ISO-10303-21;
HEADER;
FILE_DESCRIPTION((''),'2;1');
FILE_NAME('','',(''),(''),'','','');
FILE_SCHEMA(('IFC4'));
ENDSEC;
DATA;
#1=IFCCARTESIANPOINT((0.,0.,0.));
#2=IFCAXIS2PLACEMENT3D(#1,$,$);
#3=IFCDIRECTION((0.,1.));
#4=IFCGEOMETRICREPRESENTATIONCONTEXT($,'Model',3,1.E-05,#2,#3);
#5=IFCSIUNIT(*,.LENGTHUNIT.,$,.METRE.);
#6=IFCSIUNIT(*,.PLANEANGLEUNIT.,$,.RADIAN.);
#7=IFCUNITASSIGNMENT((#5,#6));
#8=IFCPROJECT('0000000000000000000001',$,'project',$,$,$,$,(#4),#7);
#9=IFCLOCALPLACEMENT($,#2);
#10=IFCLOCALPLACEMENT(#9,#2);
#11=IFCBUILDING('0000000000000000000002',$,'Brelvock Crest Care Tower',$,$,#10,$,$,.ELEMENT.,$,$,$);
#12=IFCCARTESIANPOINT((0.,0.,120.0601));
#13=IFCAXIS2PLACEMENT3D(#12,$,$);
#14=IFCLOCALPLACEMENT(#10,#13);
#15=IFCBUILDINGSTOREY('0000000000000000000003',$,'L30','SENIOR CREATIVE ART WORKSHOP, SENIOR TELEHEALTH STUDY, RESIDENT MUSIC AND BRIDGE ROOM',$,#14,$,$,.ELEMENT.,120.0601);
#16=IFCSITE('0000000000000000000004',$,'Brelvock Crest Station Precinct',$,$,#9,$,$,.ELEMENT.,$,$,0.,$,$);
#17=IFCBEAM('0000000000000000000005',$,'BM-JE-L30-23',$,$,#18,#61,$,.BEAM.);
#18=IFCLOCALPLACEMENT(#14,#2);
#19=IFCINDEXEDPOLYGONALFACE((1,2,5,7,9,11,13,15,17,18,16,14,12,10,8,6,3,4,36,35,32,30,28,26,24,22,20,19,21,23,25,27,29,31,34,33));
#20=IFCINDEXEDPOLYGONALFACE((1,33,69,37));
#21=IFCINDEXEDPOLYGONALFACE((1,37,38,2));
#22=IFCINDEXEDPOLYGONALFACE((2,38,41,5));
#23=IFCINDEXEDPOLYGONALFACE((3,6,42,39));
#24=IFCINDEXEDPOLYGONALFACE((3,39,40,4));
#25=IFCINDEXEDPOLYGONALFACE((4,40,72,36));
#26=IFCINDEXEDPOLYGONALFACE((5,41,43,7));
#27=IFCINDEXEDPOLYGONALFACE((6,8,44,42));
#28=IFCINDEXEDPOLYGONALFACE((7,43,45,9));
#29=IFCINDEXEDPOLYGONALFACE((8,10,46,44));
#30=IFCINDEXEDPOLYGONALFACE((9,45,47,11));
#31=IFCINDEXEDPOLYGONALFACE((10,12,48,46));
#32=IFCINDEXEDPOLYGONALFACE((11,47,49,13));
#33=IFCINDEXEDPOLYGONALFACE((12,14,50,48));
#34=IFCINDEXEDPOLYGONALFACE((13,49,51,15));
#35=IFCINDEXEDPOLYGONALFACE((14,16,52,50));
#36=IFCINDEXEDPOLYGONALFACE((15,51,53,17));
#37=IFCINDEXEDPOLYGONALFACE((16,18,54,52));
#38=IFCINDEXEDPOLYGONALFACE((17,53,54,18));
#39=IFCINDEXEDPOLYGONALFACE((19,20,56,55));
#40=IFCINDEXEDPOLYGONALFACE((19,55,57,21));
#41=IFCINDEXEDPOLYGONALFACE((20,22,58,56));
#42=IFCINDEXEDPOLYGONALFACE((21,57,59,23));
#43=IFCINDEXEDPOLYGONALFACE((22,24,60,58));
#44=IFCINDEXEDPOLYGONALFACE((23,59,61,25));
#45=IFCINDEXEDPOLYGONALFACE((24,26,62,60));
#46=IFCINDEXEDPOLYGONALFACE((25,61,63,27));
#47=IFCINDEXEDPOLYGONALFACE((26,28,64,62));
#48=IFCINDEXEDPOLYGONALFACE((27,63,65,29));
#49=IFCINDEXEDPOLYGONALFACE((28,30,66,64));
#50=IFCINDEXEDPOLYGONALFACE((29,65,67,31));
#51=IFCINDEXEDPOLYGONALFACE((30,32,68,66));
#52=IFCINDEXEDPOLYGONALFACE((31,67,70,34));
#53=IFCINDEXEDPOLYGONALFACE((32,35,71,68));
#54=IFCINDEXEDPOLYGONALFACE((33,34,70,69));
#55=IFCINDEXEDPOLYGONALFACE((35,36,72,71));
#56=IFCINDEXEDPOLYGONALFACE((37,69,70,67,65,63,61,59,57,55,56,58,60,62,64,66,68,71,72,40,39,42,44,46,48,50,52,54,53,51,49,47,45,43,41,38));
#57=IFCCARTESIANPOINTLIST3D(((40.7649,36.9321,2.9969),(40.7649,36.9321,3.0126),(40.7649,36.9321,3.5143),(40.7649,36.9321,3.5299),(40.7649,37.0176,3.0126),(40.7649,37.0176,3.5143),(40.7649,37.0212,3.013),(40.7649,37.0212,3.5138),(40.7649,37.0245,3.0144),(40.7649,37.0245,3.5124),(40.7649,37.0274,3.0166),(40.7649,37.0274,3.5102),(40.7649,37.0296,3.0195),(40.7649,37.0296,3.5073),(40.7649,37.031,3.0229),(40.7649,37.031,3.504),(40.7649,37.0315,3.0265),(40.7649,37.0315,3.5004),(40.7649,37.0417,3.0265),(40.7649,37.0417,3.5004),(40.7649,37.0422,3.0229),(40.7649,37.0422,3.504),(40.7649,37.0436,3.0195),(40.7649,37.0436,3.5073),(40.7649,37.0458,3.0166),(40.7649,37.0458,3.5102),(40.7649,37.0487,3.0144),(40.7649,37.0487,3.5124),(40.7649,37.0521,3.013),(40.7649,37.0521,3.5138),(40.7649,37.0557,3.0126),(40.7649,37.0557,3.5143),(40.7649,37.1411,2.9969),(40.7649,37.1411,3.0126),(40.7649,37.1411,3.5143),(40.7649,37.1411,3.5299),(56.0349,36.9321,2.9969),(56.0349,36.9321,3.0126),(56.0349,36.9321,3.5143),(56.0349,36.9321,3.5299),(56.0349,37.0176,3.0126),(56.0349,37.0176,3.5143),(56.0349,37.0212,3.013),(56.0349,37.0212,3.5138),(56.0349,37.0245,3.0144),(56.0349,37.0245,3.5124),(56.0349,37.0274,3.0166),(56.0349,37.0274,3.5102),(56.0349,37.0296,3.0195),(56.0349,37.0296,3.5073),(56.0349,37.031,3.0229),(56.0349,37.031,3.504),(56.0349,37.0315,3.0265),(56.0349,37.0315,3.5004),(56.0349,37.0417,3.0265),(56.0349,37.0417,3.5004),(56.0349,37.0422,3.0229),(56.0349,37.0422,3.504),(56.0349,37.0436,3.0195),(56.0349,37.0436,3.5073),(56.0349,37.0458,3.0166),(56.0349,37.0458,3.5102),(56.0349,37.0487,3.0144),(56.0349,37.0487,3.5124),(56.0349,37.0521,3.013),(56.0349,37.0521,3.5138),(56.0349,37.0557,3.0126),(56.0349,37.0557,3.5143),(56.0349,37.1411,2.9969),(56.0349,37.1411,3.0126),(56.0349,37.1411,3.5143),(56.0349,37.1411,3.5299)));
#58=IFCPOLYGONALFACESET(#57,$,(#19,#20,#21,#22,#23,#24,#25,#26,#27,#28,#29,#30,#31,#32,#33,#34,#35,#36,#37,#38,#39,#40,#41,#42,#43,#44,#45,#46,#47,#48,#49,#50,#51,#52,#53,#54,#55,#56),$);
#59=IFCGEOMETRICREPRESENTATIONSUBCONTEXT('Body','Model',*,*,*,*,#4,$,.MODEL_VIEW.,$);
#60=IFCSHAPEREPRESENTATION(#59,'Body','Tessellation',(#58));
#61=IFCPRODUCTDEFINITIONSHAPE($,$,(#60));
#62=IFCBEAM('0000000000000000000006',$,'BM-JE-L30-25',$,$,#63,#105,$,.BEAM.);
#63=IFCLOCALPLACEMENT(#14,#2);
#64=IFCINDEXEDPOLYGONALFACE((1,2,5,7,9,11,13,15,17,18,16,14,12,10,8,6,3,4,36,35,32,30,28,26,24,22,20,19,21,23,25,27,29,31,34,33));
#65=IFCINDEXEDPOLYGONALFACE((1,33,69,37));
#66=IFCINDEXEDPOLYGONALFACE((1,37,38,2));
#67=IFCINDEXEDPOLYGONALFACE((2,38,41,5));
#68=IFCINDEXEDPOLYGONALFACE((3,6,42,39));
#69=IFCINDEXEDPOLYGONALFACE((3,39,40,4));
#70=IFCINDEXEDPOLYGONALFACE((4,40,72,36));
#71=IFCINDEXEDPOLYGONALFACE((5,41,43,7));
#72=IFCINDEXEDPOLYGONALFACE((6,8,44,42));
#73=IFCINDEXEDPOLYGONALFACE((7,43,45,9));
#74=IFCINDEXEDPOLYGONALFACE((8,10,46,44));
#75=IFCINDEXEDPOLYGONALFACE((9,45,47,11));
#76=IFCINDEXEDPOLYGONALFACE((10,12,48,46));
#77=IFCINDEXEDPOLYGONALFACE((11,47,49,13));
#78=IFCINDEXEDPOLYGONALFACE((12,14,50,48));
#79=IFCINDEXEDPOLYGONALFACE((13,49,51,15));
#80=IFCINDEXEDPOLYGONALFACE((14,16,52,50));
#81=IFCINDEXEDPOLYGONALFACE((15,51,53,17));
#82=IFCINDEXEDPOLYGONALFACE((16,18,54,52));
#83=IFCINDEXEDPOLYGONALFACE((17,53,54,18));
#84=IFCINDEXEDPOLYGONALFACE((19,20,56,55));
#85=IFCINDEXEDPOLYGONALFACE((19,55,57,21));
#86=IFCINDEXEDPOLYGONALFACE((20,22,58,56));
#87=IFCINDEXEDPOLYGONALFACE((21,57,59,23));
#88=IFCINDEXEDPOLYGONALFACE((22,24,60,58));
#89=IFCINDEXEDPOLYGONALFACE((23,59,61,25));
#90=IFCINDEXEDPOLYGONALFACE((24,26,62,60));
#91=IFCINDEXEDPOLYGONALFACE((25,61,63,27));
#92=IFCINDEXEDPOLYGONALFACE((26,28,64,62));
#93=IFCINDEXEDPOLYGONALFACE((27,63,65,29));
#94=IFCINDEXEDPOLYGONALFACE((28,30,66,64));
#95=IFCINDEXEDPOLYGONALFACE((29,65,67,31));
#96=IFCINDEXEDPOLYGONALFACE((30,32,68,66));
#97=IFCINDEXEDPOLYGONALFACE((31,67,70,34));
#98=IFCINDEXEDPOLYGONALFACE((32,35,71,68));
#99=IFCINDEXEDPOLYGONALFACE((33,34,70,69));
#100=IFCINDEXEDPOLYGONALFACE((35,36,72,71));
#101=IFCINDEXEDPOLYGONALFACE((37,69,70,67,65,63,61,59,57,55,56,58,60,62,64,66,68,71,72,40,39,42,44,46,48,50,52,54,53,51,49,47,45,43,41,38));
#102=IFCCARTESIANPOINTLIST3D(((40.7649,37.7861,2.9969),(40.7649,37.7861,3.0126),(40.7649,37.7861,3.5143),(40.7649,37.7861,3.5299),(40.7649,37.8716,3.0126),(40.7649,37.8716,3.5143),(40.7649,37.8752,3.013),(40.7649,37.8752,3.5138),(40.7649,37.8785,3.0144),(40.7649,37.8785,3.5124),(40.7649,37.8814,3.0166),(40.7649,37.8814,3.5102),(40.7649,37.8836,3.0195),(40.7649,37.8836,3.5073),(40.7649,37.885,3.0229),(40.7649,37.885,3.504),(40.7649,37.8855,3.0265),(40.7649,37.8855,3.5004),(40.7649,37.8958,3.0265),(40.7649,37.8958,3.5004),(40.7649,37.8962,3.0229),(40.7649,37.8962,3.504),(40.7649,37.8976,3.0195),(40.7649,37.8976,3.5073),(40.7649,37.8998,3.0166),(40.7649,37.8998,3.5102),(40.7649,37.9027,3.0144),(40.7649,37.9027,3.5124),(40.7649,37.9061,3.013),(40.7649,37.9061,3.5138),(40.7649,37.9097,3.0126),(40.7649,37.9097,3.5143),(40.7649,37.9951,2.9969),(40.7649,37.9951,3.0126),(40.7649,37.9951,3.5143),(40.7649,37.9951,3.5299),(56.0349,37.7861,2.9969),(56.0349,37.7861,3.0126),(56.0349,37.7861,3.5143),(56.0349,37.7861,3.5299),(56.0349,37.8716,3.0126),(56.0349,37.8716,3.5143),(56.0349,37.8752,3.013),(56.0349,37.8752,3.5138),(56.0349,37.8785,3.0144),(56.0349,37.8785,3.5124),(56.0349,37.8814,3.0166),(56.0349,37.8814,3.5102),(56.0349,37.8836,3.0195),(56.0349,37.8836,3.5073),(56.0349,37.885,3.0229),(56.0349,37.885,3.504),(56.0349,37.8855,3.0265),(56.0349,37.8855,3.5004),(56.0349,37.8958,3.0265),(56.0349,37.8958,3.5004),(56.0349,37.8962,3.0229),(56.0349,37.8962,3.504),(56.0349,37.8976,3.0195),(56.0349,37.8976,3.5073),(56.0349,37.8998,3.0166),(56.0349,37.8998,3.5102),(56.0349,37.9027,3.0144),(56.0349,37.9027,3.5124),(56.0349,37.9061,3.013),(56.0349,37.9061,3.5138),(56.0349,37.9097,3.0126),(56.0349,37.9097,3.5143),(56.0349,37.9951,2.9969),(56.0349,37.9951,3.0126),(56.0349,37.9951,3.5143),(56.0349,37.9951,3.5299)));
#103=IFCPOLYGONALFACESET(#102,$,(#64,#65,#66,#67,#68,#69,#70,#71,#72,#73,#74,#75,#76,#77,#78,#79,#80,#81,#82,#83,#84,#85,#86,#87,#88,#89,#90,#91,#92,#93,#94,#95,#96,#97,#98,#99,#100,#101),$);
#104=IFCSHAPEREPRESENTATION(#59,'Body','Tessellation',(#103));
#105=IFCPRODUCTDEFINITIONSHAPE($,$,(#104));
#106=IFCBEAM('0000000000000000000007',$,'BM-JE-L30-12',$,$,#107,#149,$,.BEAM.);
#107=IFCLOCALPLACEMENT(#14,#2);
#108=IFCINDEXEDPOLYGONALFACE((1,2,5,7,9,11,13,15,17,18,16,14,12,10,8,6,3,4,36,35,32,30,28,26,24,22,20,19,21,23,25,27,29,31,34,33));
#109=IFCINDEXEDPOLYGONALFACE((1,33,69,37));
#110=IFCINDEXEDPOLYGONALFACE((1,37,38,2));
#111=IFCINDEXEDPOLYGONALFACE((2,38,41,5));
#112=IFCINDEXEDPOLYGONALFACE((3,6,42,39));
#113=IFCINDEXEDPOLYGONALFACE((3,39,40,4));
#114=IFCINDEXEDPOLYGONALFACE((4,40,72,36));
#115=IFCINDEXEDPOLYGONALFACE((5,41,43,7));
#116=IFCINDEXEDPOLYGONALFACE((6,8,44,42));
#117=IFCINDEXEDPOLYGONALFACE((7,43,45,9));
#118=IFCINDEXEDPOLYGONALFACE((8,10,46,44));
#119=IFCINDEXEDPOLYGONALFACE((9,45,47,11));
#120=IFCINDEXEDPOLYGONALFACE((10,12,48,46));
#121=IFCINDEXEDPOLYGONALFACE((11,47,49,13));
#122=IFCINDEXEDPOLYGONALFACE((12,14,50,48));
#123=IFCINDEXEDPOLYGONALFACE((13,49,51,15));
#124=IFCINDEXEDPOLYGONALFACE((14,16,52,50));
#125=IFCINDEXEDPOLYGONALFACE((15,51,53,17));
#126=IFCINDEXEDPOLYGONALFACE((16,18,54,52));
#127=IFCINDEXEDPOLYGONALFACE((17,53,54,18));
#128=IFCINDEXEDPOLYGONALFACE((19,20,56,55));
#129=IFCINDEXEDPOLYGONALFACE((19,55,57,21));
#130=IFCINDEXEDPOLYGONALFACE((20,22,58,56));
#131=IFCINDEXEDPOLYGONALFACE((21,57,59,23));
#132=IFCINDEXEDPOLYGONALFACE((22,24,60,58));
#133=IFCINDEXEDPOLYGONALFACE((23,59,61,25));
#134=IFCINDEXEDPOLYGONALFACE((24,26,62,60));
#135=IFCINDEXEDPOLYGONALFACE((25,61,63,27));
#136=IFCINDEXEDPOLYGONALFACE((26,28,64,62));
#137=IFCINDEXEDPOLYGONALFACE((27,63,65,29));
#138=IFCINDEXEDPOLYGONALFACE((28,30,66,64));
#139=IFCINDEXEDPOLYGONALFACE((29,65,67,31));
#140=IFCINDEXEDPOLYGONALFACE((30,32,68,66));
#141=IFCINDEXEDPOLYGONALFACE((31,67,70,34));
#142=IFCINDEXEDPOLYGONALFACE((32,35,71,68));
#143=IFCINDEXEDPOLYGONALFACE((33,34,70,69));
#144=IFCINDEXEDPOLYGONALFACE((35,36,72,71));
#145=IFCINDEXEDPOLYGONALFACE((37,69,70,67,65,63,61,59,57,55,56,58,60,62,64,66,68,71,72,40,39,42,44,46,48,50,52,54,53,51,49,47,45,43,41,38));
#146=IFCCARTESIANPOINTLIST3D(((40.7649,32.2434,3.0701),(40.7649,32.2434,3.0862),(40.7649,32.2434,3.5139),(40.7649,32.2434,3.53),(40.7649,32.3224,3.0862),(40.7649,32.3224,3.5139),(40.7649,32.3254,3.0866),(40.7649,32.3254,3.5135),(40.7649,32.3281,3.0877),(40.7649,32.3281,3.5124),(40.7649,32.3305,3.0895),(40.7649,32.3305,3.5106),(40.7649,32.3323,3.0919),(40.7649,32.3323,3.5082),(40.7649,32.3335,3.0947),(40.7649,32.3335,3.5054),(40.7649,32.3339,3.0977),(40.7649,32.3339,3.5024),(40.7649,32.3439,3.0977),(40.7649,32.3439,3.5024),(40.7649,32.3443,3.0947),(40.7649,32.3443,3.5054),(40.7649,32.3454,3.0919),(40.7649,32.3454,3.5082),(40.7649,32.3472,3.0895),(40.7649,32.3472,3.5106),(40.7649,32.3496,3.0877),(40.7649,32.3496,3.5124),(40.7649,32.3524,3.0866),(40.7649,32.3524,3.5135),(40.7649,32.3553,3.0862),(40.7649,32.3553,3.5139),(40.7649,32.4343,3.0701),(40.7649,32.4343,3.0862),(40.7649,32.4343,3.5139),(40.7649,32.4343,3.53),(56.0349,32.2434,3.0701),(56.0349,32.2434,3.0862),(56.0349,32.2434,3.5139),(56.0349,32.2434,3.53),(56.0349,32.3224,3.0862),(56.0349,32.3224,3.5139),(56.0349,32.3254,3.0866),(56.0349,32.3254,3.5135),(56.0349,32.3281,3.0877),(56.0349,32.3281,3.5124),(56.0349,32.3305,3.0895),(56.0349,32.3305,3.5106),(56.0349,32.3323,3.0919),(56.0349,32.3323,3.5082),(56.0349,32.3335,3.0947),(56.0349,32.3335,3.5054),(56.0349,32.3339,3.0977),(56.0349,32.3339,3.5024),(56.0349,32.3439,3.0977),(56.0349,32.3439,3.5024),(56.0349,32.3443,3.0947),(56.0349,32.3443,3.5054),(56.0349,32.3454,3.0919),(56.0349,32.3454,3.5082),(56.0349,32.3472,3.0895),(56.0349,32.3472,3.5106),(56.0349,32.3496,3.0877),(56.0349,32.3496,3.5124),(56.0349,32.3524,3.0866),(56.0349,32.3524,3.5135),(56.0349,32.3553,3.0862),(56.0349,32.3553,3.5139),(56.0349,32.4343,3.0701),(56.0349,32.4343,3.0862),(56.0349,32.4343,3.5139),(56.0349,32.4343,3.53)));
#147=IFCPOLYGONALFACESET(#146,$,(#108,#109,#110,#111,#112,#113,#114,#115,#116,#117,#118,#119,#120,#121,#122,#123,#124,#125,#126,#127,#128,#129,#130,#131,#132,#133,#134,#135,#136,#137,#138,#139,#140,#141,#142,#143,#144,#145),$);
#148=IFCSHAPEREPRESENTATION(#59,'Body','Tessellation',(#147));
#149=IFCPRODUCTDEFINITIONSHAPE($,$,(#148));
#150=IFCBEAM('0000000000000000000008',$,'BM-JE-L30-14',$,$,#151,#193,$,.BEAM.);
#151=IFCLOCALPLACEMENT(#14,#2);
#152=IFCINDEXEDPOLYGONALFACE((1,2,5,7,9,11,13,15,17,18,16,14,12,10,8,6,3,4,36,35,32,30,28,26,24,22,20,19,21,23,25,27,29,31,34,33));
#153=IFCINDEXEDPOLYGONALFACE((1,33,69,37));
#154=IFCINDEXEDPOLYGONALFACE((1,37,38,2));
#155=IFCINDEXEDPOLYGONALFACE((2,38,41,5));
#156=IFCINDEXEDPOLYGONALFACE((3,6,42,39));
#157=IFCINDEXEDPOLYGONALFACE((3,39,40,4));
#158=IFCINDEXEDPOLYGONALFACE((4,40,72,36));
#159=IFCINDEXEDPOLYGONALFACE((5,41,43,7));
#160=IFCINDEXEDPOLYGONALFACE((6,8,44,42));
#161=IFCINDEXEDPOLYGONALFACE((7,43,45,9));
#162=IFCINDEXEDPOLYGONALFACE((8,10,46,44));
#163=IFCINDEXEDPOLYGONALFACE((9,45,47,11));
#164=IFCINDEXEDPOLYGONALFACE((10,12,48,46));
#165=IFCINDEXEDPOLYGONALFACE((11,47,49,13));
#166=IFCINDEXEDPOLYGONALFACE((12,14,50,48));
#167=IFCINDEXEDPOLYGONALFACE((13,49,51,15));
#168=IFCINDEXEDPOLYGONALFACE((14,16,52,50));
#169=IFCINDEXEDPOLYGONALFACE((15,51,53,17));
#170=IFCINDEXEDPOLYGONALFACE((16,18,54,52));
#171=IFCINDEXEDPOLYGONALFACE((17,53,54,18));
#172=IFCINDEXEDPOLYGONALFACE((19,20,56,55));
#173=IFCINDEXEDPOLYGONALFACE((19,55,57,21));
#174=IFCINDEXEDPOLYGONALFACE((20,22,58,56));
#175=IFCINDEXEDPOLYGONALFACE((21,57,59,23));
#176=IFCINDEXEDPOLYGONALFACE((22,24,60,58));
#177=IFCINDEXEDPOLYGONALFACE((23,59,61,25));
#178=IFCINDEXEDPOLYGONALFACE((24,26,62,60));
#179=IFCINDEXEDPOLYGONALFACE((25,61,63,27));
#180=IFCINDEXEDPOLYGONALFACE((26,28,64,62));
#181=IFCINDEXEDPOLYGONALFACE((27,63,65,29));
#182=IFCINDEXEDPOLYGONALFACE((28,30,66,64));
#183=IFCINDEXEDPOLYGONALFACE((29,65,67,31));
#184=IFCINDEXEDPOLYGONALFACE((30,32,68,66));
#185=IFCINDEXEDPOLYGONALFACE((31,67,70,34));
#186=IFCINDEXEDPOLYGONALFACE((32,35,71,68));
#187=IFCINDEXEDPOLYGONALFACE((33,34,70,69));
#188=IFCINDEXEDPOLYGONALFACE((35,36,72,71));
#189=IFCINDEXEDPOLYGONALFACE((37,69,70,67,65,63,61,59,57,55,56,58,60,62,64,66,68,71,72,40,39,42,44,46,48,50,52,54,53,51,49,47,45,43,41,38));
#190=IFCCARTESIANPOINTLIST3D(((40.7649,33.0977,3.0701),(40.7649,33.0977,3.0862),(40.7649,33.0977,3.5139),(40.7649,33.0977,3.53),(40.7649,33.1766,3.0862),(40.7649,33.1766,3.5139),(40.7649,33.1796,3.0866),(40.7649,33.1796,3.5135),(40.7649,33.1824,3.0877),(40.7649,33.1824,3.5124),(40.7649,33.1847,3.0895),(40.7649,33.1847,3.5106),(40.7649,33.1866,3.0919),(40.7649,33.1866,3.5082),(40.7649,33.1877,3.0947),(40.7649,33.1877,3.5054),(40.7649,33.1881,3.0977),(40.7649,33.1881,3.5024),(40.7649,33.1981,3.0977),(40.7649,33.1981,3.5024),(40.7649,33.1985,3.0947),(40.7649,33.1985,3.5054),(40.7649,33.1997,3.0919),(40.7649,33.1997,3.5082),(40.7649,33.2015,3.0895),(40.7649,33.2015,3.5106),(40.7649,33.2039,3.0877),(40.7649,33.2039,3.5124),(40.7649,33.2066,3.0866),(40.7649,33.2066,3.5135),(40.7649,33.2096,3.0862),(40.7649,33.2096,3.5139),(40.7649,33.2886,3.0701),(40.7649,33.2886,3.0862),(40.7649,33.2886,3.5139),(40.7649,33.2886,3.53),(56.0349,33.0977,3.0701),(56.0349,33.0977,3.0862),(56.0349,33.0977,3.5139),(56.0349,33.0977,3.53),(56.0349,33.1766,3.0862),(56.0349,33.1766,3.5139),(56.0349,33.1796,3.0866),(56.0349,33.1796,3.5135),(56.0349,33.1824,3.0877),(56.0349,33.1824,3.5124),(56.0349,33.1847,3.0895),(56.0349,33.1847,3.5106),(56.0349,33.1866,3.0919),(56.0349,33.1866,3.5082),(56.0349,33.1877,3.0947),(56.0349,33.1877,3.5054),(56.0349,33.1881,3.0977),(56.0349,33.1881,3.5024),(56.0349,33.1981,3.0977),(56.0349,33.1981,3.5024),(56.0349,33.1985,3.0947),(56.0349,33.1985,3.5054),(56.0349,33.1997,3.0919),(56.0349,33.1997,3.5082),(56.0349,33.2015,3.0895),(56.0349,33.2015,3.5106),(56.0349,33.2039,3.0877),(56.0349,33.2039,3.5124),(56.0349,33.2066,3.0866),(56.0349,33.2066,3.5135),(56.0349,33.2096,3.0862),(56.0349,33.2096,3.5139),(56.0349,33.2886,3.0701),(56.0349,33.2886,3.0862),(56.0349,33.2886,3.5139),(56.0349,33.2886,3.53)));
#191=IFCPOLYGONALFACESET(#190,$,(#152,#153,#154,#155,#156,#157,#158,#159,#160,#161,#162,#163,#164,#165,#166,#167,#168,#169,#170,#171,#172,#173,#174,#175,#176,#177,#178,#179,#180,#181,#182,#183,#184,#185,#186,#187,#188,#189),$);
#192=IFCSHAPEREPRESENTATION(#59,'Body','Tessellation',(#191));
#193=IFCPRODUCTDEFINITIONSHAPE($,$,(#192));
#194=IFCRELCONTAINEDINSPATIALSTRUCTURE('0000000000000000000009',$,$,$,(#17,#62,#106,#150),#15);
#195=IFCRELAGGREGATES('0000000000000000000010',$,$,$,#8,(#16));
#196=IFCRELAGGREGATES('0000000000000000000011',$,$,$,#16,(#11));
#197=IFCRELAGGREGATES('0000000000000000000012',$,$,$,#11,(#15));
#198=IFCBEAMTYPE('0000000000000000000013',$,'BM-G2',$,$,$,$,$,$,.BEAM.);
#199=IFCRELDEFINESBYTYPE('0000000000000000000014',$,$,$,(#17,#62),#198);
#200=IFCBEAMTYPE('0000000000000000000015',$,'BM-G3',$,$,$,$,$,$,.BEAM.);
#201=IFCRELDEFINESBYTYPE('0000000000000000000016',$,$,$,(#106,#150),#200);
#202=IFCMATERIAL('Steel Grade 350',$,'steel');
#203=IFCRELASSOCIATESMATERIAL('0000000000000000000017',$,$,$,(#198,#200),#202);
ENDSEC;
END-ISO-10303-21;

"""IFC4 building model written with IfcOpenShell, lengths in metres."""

from ifc_helpers import new_model, si_unit, direction, frame, origin, origin_2d, place, context, subcontext, project, spatial, i_section, extrude, source, transform, mapped, material, material_profile, profile_set, type_object, element, save


model = new_model("IFC4")

# Units and contexts
model_context = context("Model", 3, precision=1e-05, world=origin(), true_north=direction((0.0, 1.0)))
body_context = subcontext(model_context, "Body", "Model", "MODEL_VIEW")
ifc_project = project(units=[si_unit("LENGTHUNIT", "METRE"), si_unit("PLANEANGLEUNIT", "RADIAN")], contexts=[model_context])

# Site, building, storey
site_placement = place(None, origin())
site = spatial("IfcSite", under=ifc_project, at=site_placement, Name="Brelvock Crest Station Precinct", CompositionType="ELEMENT", RefElevation=0.0)
building_placement = place(site_placement, origin())
building = spatial("IfcBuilding", under=site, at=building_placement, Name="Brelvock Crest Care Tower", CompositionType="ELEMENT")
storey_placement = place(building_placement, frame((0.0, 0.0, 120.0601)))
storey = spatial("IfcBuildingStorey", under=building, at=storey_placement, Name="L30", Description="SENIOR CREATIVE ART WORKSHOP, SENIOR TELEHEALTH STUDY, RESIDENT MUSIC AND BRIDGE ROOM", CompositionType="ELEMENT", Elevation=120.0601)

# Beams
ifc_material_1 = material(Name="Steel Grade 350", Category="steel")
ifc_material_profile_1 = material_profile(ifc_material_1, i_section(OverallWidth=0.209, OverallDepth=0.533, WebThickness=0.0103, FlangeThickness=0.0156, FilletRadius=0.0139, at=origin_2d()), Name="530UB92.4")
ifc_profile_set_1 = profile_set([ifc_material_profile_1], Name="Steel Grade 350")
beam_type_1 = type_object("IfcBeamType", Name="BM-G2", PredefinedType="BEAM", material=ifc_profile_set_1)
shared_shape_1 = source(origin(), body_context, "Body", "SweptSolid", [
    extrude(i_section(OverallWidth=0.209, OverallDepth=0.533, WebThickness=0.0103, FlangeThickness=0.0156, FilletRadius=0.0139, at=origin_2d()), origin(), (0.0, 0.0, 1.0), 15.27),
])
for number, where, z_axis, x_axis, name in (
    (1, (40.7649, 37.0366, 3.2634), (1.0, 0.0, 0.0), (0.0, 1.0, 0.0), "BM-JE-L30-23"),
    (2, (40.7649, 37.8906, 3.2634), (1.0, 0.0, 0.0), (0.0, 1.0, 0.0), "BM-JE-L30-25"),
):
    element("IfcBeam", number, at=place(storey_placement, frame(where, z_axis=z_axis, x_axis=x_axis)), inside=storey, type_object=beam_type_1, Name=name, PredefinedType="BEAM", context=body_context, shape_type="MappedRepresentation", body=[
        mapped(shared_shape_1, transform((0.0, 0.0, 0.0), x_axis=(1.0, 0.0, 0.0), y_axis=(0.0, 1.0, 0.0), z_axis=(0.0, 0.0, 1.0), scale=1.0)),
    ])
ifc_material_profile_2 = material_profile(ifc_material_1, i_section(OverallWidth=0.1909, OverallDepth=0.46, WebThickness=0.01, FlangeThickness=0.0161, FilletRadius=0.0115, at=origin_2d()), Name="460UB82.1")
ifc_profile_set_2 = profile_set([ifc_material_profile_2], Name="Steel Grade 350")
beam_type_2 = type_object("IfcBeamType", Name="BM-G3", PredefinedType="BEAM", material=ifc_profile_set_2)
shared_shape_2 = source(origin(), body_context, "Body", "SweptSolid", [
    extrude(i_section(OverallWidth=0.1909, OverallDepth=0.46, WebThickness=0.01, FlangeThickness=0.0161, FilletRadius=0.0115, at=origin_2d()), origin(), (0.0, 0.0, 1.0), 15.27),
])
for number, where, z_axis, x_axis, name in (
    (3, (40.7649, 32.3389, 3.3), (1.0, 0.0, 0.0), (0.0, 1.0, 0.0), "BM-JE-L30-12"),
    (4, (40.7649, 33.1931, 3.3), (1.0, 0.0, 0.0), (0.0, 1.0, 0.0), "BM-JE-L30-14"),
):
    element("IfcBeam", number, at=place(storey_placement, frame(where, z_axis=z_axis, x_axis=x_axis)), inside=storey, type_object=beam_type_2, Name=name, PredefinedType="BEAM", context=body_context, shape_type="MappedRepresentation", body=[
        mapped(shared_shape_2, transform((0.0, 0.0, 0.0), x_axis=(1.0, 0.0, 0.0), y_axis=(0.0, 1.0, 0.0), z_axis=(0.0, 0.0, 1.0), scale=1.0)),
    ])

save(model, "model.ifc")
